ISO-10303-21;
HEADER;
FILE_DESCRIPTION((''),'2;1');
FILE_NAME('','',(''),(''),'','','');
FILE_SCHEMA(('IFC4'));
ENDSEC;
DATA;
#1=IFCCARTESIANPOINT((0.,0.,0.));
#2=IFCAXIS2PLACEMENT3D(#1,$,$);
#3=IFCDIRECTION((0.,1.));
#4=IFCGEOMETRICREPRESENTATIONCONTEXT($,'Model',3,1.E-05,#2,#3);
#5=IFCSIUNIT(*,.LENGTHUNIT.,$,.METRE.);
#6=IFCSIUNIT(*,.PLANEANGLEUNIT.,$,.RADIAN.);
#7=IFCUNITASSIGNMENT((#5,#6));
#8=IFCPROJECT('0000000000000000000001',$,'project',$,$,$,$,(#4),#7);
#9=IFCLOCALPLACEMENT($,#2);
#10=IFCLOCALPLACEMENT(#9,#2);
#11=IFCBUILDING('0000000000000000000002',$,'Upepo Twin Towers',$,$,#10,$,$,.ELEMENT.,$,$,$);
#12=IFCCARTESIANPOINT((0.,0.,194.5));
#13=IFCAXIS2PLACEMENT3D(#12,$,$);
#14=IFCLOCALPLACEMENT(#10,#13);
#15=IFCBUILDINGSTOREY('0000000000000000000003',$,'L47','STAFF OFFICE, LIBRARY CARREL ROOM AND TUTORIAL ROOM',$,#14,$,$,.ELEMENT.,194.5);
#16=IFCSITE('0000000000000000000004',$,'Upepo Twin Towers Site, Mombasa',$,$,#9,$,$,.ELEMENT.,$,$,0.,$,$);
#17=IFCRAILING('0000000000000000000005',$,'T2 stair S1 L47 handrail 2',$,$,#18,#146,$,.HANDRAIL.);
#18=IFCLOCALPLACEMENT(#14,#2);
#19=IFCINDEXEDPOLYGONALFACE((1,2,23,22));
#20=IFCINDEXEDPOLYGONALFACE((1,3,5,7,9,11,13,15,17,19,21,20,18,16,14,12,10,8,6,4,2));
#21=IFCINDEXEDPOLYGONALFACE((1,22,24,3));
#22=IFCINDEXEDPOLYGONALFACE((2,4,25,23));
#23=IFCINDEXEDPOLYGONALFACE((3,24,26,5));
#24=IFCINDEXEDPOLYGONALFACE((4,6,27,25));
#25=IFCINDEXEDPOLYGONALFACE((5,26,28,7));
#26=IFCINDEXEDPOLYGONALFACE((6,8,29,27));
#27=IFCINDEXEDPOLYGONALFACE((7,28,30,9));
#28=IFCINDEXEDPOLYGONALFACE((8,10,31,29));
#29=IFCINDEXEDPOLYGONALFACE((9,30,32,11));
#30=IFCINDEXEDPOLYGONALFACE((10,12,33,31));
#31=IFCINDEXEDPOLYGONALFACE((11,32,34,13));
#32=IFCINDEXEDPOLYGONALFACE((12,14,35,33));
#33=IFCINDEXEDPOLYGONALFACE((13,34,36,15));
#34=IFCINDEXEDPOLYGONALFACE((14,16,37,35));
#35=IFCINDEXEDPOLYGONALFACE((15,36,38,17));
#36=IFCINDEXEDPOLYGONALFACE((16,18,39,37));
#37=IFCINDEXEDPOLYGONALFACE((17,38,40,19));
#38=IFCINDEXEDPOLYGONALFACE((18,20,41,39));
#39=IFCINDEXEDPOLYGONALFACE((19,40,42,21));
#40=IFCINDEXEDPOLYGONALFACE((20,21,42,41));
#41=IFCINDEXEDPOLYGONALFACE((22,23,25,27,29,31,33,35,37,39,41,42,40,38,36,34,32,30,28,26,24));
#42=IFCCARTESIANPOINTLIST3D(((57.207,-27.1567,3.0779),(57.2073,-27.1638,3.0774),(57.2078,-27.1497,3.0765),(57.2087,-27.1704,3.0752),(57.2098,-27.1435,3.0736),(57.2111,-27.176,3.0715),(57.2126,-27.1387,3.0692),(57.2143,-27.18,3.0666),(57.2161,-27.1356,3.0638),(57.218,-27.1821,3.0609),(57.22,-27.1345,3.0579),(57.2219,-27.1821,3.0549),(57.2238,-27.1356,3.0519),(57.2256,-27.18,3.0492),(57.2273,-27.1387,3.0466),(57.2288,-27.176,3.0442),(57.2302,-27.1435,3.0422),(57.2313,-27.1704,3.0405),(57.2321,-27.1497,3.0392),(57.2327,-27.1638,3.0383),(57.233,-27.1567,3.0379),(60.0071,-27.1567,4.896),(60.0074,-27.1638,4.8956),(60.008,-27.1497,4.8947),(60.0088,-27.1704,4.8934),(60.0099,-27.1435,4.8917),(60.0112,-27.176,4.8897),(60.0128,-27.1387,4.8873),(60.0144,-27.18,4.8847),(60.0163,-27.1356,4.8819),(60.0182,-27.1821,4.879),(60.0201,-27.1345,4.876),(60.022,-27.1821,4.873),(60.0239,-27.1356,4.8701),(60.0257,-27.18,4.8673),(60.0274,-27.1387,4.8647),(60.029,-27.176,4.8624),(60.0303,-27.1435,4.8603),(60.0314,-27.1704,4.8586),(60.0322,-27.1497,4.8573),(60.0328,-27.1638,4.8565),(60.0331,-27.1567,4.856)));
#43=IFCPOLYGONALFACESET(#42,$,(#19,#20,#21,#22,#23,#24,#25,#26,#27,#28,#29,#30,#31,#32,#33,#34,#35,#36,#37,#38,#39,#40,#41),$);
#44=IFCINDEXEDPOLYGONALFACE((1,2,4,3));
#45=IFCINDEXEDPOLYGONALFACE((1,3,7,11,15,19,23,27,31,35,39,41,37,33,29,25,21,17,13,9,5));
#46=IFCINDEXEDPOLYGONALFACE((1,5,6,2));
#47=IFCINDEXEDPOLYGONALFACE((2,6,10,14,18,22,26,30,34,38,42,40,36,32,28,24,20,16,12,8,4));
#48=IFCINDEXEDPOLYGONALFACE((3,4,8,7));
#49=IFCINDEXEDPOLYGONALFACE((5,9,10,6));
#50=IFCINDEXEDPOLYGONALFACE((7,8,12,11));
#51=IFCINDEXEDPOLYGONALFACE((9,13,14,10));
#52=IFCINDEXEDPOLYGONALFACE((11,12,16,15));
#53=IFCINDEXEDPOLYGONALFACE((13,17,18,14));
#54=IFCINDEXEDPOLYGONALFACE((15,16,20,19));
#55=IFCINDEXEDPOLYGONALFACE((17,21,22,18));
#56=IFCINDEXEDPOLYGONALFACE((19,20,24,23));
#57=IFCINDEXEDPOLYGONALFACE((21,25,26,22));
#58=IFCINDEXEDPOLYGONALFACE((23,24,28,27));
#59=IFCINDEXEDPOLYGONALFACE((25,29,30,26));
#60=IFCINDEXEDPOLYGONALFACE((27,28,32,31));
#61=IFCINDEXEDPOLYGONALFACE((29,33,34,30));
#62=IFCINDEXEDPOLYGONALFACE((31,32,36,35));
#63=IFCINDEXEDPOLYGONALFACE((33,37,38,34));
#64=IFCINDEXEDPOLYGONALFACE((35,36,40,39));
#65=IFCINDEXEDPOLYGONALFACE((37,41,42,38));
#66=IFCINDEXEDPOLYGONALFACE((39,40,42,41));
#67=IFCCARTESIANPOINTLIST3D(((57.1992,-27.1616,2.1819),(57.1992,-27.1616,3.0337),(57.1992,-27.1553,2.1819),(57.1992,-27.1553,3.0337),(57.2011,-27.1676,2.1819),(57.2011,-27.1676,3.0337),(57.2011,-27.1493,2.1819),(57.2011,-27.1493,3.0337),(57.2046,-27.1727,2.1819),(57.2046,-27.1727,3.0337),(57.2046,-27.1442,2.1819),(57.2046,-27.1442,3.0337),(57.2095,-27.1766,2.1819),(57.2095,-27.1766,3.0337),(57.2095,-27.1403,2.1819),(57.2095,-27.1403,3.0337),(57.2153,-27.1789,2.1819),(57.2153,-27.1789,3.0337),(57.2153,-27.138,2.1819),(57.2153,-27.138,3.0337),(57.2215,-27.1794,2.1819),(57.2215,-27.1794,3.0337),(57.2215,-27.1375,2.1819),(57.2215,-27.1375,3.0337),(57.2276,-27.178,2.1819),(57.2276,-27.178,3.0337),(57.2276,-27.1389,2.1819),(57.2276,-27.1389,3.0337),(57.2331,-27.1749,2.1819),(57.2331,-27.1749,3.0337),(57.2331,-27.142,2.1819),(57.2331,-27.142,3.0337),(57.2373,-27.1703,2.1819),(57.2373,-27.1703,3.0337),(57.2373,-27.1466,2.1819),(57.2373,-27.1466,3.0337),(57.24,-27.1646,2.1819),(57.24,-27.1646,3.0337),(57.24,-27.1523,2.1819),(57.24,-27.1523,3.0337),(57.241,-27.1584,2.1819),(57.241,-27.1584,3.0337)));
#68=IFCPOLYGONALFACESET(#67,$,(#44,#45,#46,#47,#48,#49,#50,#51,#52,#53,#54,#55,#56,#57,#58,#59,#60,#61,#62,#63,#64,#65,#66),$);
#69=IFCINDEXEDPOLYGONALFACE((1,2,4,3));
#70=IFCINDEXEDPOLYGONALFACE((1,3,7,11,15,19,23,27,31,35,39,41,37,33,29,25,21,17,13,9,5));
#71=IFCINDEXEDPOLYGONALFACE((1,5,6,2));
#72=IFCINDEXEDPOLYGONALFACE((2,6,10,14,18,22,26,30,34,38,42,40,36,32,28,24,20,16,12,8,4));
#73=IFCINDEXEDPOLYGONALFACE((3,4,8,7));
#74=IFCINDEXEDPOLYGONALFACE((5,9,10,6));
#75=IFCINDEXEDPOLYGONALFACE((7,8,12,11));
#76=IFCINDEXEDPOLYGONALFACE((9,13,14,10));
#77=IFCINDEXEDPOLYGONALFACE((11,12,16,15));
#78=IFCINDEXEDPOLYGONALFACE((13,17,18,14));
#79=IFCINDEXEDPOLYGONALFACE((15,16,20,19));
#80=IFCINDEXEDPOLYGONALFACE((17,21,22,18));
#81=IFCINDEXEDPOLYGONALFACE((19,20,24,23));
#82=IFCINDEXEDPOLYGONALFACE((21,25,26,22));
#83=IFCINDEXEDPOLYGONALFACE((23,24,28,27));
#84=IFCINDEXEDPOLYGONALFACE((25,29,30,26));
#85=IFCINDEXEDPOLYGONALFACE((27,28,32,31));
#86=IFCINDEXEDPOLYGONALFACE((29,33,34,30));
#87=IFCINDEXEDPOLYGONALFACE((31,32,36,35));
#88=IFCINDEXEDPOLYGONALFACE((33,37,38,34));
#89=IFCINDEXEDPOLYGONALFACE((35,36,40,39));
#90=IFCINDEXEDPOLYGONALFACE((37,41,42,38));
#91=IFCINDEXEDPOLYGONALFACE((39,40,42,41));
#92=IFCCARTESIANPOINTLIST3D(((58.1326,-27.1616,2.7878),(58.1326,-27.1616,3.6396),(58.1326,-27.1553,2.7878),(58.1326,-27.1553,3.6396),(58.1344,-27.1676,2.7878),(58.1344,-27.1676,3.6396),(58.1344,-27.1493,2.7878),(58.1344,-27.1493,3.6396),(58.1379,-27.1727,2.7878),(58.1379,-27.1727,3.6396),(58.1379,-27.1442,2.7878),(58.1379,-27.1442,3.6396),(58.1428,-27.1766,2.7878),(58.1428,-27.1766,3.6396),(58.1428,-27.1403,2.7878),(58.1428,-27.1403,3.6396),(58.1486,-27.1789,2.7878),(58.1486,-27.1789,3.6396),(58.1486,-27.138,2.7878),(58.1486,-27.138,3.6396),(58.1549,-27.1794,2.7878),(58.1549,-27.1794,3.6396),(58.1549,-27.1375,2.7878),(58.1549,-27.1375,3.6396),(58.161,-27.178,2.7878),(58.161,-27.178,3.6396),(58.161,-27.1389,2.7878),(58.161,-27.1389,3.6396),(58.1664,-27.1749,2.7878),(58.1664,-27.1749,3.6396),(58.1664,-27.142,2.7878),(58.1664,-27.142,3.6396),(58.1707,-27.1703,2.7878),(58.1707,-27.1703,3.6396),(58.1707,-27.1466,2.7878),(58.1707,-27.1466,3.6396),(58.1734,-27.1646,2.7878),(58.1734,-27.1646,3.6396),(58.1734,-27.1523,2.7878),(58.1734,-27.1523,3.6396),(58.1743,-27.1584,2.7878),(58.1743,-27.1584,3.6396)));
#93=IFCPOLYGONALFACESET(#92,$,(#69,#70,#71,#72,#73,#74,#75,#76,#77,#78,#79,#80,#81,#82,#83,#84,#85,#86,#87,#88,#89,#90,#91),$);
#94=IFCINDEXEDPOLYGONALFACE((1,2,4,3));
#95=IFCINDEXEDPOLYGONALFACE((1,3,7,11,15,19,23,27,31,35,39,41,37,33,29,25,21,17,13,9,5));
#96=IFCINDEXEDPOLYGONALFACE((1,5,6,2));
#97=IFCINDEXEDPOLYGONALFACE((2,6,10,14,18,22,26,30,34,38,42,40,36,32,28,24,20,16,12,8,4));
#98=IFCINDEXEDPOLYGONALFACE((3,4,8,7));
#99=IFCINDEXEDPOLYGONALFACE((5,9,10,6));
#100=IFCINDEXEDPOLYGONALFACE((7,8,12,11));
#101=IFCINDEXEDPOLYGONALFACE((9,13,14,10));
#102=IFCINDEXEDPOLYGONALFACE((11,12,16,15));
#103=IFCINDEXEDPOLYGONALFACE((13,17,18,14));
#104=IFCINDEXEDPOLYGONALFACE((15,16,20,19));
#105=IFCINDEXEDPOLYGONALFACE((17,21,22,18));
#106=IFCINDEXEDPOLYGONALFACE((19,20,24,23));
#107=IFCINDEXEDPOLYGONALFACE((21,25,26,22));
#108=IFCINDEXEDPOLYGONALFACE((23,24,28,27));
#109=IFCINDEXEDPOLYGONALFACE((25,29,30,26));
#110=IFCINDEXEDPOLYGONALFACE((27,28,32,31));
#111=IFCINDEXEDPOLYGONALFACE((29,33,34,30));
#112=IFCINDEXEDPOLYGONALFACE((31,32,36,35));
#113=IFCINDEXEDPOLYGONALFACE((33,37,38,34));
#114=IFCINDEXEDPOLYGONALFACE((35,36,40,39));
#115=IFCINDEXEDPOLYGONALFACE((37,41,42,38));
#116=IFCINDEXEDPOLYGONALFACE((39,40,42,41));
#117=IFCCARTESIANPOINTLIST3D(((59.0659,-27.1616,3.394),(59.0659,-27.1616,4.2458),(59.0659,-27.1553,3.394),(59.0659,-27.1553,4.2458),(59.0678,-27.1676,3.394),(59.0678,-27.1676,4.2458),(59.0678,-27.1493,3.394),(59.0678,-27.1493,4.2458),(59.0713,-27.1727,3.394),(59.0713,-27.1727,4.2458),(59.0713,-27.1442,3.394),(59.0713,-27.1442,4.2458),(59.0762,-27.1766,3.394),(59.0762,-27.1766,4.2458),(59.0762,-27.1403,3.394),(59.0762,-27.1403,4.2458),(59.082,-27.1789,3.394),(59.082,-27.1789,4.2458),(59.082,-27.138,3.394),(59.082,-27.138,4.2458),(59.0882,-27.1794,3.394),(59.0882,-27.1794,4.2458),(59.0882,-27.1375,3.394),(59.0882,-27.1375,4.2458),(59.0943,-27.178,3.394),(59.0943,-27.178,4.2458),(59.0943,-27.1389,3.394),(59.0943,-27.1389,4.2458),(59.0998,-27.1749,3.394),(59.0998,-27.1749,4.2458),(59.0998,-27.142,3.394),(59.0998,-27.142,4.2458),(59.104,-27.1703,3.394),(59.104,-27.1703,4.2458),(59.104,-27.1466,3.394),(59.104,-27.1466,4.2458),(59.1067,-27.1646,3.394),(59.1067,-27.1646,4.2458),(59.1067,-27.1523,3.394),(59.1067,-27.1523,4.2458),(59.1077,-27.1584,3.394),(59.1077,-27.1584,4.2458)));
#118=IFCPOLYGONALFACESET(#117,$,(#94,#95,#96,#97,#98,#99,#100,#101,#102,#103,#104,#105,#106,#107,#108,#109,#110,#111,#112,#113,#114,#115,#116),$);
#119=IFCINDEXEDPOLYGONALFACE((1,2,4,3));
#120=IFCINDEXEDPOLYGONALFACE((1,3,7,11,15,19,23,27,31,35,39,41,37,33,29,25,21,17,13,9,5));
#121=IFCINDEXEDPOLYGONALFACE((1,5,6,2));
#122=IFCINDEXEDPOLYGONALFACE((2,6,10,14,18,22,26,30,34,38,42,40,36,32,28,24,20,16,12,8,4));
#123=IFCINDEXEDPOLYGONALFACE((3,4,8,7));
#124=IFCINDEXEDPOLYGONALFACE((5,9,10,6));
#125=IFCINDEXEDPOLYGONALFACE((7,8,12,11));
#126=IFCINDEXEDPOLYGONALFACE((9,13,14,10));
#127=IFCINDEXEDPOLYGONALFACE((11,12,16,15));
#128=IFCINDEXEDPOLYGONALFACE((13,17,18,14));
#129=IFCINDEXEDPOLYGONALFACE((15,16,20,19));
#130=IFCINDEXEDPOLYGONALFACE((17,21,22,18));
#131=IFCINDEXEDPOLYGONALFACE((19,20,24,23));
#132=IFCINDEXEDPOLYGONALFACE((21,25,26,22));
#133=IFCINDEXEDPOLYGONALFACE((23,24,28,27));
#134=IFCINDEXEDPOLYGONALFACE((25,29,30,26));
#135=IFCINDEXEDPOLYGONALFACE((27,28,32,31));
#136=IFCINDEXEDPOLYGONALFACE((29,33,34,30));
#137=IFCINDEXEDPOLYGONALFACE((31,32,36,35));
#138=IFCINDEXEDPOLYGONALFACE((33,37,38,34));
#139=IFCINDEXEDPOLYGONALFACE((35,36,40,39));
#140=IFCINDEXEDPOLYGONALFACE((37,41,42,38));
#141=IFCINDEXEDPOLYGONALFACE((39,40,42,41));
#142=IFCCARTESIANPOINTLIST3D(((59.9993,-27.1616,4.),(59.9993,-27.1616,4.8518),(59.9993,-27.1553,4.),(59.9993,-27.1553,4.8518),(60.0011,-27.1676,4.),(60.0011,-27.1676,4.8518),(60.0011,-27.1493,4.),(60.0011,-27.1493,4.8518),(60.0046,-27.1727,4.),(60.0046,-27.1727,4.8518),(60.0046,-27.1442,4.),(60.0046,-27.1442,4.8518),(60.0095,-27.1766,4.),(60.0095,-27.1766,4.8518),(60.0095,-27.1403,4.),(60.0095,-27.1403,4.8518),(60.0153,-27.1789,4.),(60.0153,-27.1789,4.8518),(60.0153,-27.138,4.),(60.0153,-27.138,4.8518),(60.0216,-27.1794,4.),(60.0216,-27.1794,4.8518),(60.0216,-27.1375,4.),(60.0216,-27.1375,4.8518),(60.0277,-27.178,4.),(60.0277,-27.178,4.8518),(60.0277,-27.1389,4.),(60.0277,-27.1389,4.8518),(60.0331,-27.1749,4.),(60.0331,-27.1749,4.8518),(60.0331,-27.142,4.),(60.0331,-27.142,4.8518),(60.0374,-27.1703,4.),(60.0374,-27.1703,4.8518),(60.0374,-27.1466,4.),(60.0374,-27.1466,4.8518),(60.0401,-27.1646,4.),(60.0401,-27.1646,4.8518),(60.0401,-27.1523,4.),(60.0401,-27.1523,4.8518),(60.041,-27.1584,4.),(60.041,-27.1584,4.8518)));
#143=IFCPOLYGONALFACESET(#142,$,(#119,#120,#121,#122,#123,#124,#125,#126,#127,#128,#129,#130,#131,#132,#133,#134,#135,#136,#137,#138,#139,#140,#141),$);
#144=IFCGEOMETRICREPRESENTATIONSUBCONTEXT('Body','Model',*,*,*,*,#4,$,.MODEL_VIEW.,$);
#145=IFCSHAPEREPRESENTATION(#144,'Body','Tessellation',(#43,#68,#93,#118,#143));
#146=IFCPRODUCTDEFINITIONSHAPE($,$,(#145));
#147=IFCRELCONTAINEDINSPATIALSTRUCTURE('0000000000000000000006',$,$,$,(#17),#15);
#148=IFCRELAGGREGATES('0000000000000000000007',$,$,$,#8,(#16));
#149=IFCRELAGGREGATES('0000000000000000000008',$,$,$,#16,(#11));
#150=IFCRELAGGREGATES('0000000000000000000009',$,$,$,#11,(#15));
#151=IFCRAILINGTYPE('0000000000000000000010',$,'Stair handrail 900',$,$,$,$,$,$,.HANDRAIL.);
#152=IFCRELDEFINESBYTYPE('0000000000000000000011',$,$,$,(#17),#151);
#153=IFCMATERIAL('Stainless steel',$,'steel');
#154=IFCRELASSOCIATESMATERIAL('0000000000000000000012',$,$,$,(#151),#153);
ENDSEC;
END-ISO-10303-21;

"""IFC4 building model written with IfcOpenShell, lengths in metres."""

from ifc_helpers import new_model, si_unit, direction, frame, origin, origin_2d, place, context, subcontext, project, spatial, circle, extrude, material, type_object, element, save


model = new_model("IFC4")

# Units and contexts
model_context = context("Model", 3, precision=1e-05, world=origin(), true_north=direction((0.0, 1.0)))
body_context = subcontext(model_context, "Body", "Model", "MODEL_VIEW")
ifc_project = project(units=[si_unit("LENGTHUNIT", "METRE"), si_unit("PLANEANGLEUNIT", "RADIAN")], contexts=[model_context])

# Site, building, storey
site_placement = place(None, origin())
site = spatial("IfcSite", under=ifc_project, at=site_placement, Name="Upepo Twin Towers Site, Mombasa", CompositionType="ELEMENT", RefElevation=0.0)
building_placement = place(site_placement, origin())
building = spatial("IfcBuilding", under=site, at=building_placement, Name="Upepo Twin Towers", CompositionType="ELEMENT")
storey_placement = place(building_placement, frame((0.0, 0.0, 194.5)))
storey = spatial("IfcBuildingStorey", under=building, at=storey_placement, Name="L47", Description="STAFF OFFICE, LIBRARY CARREL ROOM AND TUTORIAL ROOM", CompositionType="ELEMENT", Elevation=194.5)

# Railing
ifc_material_1 = material(Name="Stainless steel", Category="steel")
railing_type = type_object("IfcRailingType", Name="Stair handrail 900", PredefinedType="HANDRAIL", material=ifc_material_1)
railing_1_placement = place(storey_placement, frame((57.22, -27.1584, 2.1819)))
element("IfcRailing", 1, at=railing_1_placement, inside=storey, type_object=railing_type, Name="T2 stair S1 L47 handrail 2", PredefinedType="HANDRAIL", context=body_context, shape_type="SweptSolid", body=[
    extrude(circle(Radius=0.0239, at=origin_2d()), frame((0.0, 0.0, 0.876), z_axis=(0.838706, 0.0, 0.544585), x_axis=(0.0, 1.0, 0.0)), (0.0, 0.0, 1.0), 3.3386),
    extrude(circle(Radius=0.021, at=origin_2d()), origin(), (0.0, 0.0, 1.0), 0.8518),
    extrude(circle(Radius=0.021, at=origin_2d()), frame((0.9333, 0.0, 0.606)), (0.0, 0.0, 1.0), 0.8518),
    extrude(circle(Radius=0.021, at=origin_2d()), frame((1.8667, 0.0, 1.2122)), (0.0, 0.0, 1.0), 0.8518),
    extrude(circle(Radius=0.021, at=origin_2d()), frame((2.8, 0.0, 1.8181)), (0.0, 0.0, 1.0), 0.8518),
])

save(model, "model.ifc")
